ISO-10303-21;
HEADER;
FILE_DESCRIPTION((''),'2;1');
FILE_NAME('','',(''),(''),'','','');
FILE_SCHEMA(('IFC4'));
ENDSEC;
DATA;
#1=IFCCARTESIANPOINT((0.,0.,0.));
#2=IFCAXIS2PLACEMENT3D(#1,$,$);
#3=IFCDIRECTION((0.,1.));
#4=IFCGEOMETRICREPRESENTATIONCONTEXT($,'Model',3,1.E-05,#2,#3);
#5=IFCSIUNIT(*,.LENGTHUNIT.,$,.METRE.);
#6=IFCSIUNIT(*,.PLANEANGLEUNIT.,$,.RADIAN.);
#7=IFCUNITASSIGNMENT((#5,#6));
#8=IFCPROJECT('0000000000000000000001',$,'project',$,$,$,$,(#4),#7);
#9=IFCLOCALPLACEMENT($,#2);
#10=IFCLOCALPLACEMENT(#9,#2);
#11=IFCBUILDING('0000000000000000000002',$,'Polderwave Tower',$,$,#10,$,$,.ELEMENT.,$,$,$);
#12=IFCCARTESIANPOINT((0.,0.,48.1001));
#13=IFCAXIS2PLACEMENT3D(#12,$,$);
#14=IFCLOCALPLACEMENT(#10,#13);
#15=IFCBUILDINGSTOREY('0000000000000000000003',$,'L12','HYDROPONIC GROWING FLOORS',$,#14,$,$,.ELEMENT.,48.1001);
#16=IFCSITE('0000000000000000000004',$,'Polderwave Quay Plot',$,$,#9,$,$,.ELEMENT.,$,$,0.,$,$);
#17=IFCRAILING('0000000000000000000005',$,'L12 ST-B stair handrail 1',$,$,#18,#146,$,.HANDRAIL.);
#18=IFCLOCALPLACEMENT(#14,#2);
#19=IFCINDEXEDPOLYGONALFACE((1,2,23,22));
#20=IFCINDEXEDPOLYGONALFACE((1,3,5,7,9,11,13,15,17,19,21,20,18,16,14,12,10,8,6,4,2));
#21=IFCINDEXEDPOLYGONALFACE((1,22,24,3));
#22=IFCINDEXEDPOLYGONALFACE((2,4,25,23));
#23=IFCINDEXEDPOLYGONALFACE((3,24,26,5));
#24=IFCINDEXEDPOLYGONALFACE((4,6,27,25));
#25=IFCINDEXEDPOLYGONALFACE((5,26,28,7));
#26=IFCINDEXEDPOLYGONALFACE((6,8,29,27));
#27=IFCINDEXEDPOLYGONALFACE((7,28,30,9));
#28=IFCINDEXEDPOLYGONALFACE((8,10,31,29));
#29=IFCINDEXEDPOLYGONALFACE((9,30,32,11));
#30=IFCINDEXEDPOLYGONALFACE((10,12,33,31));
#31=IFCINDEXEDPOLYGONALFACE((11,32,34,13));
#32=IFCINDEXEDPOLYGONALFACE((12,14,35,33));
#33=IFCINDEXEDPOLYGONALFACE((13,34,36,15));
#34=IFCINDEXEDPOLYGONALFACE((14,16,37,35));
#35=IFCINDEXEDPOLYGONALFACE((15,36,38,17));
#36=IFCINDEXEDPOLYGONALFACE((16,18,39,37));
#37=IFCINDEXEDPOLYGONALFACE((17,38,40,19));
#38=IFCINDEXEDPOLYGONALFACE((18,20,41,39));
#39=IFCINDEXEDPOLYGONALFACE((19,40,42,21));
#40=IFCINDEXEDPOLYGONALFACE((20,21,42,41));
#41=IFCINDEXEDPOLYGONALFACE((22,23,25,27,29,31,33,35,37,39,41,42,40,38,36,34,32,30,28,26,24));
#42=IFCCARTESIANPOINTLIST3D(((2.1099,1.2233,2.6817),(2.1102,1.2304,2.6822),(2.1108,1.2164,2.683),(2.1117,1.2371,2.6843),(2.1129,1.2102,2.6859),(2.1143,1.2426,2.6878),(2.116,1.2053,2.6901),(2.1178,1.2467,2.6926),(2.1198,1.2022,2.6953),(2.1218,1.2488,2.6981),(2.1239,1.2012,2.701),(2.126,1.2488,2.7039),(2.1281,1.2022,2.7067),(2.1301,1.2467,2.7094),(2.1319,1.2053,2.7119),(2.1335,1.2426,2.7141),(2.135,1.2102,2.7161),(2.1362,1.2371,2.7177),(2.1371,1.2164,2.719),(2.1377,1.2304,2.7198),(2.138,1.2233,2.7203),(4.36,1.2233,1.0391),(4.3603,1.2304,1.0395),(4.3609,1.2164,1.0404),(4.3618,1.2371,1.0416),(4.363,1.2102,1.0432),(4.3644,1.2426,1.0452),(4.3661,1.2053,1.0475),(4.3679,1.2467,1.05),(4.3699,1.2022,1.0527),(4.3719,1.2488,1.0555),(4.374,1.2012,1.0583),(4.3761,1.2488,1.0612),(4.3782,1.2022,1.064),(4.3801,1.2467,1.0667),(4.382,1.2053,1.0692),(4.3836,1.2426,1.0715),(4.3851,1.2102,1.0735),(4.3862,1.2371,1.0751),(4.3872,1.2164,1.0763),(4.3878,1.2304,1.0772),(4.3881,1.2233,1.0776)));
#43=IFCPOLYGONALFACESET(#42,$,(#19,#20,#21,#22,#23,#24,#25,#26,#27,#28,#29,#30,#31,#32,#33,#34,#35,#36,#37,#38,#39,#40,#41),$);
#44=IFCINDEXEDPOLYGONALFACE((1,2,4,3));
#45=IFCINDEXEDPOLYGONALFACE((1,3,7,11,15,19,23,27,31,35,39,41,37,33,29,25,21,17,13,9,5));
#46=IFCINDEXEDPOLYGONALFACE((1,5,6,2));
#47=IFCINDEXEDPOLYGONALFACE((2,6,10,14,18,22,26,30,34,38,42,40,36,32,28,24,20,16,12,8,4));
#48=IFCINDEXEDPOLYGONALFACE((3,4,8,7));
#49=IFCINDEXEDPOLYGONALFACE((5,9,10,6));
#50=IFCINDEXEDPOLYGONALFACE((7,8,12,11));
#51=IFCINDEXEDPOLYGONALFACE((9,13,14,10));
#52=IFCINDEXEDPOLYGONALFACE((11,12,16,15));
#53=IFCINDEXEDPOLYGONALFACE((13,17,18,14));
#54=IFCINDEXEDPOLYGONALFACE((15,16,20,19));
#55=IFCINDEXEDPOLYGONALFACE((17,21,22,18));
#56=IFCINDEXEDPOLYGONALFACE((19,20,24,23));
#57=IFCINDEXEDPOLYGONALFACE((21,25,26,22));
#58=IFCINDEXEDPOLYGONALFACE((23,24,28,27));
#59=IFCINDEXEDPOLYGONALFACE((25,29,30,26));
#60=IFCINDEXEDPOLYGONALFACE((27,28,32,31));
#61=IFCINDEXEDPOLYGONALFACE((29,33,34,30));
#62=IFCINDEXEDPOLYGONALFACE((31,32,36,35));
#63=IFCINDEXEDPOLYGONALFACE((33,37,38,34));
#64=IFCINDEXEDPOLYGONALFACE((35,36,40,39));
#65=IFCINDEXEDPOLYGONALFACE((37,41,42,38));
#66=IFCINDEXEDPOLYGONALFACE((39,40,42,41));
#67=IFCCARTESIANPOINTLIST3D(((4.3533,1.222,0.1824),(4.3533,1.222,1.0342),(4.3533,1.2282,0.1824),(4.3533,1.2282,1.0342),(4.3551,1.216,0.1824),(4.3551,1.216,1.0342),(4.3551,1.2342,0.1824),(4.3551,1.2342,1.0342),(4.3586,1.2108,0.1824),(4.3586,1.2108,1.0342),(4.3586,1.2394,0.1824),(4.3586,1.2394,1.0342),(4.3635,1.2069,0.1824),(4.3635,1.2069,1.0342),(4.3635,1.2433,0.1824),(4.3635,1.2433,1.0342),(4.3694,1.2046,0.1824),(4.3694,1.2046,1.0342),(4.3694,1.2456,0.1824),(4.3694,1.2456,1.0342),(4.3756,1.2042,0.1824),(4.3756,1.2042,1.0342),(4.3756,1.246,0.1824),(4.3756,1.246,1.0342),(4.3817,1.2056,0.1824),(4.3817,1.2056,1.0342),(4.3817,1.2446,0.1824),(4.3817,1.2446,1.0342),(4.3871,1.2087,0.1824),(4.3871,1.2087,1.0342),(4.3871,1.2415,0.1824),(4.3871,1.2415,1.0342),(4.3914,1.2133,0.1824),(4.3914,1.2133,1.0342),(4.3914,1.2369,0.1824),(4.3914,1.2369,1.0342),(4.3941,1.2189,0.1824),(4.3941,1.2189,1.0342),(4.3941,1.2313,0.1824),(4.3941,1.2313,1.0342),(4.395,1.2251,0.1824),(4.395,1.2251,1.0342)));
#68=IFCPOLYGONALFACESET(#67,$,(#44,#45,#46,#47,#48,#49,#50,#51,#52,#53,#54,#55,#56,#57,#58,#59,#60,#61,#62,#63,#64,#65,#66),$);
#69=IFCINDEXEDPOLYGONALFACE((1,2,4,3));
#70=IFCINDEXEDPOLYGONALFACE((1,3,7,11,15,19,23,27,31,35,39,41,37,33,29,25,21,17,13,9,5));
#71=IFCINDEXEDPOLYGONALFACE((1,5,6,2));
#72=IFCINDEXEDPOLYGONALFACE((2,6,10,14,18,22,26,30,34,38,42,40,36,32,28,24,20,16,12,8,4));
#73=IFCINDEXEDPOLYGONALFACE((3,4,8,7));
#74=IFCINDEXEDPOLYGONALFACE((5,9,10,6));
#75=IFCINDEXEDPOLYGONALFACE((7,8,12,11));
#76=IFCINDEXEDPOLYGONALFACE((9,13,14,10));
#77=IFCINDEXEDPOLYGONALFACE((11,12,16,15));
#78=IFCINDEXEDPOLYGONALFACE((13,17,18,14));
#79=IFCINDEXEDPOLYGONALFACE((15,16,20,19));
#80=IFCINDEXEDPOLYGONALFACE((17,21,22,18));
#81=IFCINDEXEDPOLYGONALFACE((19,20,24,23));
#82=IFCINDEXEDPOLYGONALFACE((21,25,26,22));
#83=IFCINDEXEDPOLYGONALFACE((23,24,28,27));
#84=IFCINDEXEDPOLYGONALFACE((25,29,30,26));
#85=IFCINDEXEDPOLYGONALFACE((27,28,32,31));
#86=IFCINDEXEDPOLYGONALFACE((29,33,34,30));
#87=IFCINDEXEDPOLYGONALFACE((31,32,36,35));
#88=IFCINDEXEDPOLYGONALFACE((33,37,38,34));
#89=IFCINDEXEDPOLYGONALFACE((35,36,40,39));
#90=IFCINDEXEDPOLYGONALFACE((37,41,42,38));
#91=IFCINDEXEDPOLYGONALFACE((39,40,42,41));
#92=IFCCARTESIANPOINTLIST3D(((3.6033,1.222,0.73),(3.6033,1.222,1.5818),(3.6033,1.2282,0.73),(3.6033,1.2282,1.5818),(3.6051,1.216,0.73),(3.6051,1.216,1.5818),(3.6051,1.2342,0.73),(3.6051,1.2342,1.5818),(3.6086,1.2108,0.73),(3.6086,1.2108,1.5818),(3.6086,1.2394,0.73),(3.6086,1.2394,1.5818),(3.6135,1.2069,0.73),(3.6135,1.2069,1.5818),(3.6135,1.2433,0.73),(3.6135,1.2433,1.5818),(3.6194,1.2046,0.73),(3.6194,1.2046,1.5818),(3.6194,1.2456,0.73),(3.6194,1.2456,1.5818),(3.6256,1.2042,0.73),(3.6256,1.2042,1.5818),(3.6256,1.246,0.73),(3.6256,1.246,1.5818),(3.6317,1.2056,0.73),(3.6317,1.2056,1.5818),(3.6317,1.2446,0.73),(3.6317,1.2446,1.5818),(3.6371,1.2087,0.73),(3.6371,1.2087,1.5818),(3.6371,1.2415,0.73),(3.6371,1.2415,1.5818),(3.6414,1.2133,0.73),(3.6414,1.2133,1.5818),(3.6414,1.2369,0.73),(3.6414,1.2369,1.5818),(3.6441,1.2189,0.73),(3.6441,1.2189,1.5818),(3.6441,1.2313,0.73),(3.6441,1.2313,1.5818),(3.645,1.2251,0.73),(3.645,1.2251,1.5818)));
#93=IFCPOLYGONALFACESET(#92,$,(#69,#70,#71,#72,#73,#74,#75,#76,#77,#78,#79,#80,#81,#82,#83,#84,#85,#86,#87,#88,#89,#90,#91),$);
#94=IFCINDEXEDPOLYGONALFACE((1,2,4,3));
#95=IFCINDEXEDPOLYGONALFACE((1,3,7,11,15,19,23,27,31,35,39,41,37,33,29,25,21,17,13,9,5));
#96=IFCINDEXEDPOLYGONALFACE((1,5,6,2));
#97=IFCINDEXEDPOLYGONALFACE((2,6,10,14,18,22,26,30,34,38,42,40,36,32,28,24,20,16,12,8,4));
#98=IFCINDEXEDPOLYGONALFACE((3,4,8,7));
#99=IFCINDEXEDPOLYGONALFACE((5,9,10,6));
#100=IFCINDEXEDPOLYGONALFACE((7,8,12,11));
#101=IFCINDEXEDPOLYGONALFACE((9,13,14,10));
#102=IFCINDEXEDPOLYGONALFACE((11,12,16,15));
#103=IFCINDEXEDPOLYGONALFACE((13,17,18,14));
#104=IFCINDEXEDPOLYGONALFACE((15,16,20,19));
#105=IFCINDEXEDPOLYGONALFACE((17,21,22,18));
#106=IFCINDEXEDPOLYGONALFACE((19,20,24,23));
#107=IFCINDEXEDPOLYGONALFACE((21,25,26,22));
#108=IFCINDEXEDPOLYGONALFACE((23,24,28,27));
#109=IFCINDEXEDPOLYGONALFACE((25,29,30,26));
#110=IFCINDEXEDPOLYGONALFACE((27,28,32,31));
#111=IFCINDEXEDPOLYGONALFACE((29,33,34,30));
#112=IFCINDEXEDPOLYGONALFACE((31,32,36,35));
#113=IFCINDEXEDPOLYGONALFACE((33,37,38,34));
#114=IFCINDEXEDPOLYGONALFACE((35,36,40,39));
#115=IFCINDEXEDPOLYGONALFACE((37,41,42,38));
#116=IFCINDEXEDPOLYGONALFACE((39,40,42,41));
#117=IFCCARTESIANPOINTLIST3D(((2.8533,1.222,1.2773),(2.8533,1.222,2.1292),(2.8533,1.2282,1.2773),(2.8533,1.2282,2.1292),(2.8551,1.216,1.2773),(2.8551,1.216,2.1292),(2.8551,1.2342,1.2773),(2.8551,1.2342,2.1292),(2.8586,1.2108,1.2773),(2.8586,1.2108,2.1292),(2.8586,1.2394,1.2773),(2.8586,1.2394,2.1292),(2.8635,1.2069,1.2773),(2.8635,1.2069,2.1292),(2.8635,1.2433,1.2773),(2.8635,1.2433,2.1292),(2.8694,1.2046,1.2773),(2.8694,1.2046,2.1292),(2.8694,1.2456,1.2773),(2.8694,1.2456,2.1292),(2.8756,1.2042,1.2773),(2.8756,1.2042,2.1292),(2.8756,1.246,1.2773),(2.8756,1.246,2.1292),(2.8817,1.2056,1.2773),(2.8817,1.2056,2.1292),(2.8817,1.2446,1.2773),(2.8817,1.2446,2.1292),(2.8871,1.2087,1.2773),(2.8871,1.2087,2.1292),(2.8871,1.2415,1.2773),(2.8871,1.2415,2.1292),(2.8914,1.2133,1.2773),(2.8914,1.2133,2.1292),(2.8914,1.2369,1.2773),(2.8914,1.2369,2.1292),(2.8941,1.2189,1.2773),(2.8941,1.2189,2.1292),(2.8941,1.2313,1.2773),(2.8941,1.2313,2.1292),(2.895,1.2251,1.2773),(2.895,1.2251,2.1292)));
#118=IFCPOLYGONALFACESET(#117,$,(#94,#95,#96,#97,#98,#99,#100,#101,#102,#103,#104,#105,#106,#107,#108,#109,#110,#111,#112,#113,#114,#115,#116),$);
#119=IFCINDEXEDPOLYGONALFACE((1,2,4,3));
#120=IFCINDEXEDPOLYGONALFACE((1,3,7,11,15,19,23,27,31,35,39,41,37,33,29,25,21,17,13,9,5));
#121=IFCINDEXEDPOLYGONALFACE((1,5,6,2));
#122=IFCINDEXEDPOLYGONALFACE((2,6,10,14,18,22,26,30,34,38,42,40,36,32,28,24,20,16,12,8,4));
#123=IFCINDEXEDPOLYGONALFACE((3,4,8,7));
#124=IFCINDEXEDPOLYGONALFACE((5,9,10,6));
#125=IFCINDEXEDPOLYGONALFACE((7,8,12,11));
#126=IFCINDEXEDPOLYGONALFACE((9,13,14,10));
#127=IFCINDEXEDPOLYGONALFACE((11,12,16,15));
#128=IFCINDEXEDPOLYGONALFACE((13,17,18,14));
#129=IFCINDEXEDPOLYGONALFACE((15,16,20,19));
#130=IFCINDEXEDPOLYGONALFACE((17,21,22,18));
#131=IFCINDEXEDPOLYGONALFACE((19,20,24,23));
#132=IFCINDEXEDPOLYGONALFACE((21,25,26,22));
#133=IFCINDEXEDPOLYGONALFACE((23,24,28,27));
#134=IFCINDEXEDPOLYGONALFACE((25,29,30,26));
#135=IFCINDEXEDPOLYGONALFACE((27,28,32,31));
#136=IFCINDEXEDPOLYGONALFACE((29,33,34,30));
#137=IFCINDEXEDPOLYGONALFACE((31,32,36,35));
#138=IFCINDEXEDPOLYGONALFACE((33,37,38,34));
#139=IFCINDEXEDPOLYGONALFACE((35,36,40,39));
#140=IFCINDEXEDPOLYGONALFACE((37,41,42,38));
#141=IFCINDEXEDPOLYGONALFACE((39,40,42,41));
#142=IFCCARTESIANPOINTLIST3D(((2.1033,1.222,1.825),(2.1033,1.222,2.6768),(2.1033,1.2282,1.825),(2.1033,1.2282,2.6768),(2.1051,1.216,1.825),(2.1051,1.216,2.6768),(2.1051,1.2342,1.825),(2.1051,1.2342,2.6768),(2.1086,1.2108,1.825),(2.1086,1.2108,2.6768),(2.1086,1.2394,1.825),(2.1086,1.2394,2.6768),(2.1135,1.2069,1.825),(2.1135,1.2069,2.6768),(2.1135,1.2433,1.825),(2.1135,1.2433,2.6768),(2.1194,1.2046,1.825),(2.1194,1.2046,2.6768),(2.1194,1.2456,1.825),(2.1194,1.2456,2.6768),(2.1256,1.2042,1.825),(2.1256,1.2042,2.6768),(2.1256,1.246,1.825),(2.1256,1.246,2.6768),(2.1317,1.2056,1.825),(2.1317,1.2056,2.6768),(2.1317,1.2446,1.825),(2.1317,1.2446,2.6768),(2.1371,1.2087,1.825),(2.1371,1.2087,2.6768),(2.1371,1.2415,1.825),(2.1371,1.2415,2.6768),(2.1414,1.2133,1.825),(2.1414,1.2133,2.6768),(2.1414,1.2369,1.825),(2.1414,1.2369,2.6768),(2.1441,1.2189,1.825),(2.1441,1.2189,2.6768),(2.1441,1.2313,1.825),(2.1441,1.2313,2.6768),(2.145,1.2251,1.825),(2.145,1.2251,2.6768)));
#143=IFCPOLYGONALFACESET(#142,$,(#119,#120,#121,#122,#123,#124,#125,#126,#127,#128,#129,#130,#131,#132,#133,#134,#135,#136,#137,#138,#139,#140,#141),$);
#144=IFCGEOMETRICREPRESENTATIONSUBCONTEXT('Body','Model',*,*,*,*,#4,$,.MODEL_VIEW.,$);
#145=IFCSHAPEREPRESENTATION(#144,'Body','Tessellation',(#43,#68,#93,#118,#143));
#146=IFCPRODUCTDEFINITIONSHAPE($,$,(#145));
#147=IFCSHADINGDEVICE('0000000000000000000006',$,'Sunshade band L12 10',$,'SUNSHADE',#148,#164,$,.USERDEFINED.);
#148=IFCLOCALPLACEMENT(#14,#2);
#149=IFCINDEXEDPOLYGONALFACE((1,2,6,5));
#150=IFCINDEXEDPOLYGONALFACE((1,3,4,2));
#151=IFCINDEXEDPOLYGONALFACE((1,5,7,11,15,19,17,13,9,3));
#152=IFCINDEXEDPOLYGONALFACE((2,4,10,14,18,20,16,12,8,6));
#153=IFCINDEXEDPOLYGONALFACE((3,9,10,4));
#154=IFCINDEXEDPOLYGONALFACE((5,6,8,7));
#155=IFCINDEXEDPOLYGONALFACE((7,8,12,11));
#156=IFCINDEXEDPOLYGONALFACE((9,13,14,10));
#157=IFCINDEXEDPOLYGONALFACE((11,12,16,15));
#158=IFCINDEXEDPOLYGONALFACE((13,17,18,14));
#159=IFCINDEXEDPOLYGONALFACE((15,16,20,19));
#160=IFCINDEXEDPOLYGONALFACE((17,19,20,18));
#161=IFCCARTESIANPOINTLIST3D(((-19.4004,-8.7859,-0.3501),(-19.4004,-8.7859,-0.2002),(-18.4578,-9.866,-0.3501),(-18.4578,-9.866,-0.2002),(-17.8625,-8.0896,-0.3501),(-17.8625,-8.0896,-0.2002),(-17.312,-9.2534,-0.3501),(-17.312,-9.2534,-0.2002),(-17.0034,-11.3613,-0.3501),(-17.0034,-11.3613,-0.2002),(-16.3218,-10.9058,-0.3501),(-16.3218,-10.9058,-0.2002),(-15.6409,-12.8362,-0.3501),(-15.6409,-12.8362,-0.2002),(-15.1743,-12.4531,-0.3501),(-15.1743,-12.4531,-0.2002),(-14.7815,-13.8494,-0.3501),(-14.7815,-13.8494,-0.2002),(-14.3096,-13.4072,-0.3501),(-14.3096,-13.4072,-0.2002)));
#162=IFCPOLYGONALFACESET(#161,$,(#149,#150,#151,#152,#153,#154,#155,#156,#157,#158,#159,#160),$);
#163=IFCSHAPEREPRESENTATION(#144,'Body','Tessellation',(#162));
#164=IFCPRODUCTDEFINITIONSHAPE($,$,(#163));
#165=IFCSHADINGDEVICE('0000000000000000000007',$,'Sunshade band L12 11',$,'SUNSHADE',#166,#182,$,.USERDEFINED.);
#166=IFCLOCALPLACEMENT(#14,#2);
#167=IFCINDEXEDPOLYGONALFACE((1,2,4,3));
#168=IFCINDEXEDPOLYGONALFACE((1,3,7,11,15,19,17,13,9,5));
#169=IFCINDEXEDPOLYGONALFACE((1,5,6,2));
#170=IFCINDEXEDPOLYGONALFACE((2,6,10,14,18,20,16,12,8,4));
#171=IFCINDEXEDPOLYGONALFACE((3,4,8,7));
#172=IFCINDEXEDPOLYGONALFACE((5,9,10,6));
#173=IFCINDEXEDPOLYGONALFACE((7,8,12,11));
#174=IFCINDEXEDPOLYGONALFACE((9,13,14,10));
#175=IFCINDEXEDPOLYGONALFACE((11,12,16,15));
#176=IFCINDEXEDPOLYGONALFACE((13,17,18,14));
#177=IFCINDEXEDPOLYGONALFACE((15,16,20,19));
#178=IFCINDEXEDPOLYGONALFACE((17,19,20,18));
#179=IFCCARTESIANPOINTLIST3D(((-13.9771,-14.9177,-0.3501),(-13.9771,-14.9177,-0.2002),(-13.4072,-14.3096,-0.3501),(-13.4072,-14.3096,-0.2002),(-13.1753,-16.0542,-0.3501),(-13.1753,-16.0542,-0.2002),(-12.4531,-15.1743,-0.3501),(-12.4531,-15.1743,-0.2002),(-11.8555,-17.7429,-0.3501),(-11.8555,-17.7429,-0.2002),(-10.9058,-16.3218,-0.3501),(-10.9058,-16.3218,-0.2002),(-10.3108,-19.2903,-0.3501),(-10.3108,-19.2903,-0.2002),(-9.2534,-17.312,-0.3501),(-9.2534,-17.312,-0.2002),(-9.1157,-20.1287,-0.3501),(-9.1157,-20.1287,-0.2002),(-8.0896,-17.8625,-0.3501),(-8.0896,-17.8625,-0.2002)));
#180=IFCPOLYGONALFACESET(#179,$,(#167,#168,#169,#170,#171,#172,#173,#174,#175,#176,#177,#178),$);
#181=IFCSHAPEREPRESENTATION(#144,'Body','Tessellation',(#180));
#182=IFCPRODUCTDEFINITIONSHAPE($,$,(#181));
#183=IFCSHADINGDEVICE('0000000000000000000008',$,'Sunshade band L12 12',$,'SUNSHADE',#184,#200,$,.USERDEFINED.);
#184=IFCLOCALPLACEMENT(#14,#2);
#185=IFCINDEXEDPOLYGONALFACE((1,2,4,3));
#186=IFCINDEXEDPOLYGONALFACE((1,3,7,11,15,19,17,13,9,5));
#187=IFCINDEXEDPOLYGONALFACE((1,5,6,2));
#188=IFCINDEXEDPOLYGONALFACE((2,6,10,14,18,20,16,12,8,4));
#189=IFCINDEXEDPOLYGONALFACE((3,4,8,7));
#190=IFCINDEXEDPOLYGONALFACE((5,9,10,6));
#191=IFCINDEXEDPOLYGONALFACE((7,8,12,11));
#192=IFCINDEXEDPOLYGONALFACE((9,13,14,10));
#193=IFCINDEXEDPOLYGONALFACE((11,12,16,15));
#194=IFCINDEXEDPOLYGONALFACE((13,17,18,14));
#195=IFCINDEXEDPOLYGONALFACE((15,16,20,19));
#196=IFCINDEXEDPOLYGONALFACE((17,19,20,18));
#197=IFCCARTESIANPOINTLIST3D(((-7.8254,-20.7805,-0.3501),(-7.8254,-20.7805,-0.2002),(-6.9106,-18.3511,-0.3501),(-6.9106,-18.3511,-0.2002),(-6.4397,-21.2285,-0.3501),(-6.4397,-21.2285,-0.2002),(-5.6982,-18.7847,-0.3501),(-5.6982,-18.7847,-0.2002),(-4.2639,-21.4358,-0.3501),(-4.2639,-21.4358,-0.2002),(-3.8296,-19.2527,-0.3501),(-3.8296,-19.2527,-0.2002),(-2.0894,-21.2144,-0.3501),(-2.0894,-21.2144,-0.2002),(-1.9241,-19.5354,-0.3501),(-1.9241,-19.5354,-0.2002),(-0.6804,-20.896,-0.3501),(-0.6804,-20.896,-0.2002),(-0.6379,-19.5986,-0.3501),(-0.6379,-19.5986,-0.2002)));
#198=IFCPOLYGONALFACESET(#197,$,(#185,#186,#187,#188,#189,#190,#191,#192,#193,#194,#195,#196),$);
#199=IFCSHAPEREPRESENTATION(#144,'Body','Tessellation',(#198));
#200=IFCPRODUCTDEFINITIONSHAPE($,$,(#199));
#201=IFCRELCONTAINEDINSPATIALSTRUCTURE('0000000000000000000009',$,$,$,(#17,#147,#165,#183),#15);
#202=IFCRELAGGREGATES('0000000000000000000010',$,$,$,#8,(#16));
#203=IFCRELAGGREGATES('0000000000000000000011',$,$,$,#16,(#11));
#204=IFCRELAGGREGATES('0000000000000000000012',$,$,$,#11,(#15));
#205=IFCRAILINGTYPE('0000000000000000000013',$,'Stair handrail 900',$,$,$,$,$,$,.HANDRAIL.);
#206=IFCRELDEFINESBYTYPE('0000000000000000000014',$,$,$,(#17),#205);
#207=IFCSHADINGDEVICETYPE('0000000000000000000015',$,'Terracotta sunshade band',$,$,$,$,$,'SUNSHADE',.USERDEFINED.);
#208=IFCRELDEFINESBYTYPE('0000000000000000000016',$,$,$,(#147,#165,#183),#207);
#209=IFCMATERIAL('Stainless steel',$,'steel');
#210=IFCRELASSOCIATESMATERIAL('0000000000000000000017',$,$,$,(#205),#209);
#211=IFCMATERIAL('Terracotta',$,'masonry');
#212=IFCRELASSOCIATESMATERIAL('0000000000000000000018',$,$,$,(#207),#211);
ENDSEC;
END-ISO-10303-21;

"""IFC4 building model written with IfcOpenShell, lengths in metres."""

from ifc_helpers import new_model, si_unit, direction, frame, origin, origin_2d, place, context, subcontext, project, spatial, polyline, circle, outline, extrude, material, type_object, element, save


model = new_model("IFC4")

# Units and contexts
model_context = context("Model", 3, precision=1e-05, world=origin(), true_north=direction((0.0, 1.0)))
body_context = subcontext(model_context, "Body", "Model", "MODEL_VIEW")
ifc_project = project(units=[si_unit("LENGTHUNIT", "METRE"), si_unit("PLANEANGLEUNIT", "RADIAN")], contexts=[model_context])

# Site, building, storey
site_placement = place(None, origin())
site = spatial("IfcSite", under=ifc_project, at=site_placement, Name="Polderwave Quay Plot", CompositionType="ELEMENT", RefElevation=0.0)
building_placement = place(site_placement, origin())
building = spatial("IfcBuilding", under=site, at=building_placement, Name="Polderwave Tower", CompositionType="ELEMENT")
storey_placement = place(building_placement, frame((0.0, 0.0, 48.1001)))
storey = spatial("IfcBuildingStorey", under=building, at=storey_placement, Name="L12", Description="HYDROPONIC GROWING FLOORS", CompositionType="ELEMENT", Elevation=48.1001)

# Railing
ifc_material_1 = material(Name="Stainless steel", Category="steel")
railing_type_1 = type_object("IfcRailingType", Name="Stair handrail 900", PredefinedType="HANDRAIL", material=ifc_material_1)
railing_1_placement = place(storey_placement, frame((4.374, 1.2251, 0.1824)))
element("IfcRailing", 1, at=railing_1_placement, inside=storey, type_object=railing_type_1, Name="L12 ST-B stair handrail 1", PredefinedType="HANDRAIL", context=body_context, shape_type="SweptSolid", body=[
    extrude(circle(Radius=0.0239, at=origin_2d()), frame((0.0, 0.0, 0.876), z_axis=(-0.807674, 0.0, 0.58963), x_axis=(0.0, -1.0, 0.0)), (0.0, 0.0, 1.0), 2.7859),
    extrude(circle(Radius=0.021, at=origin_2d()), origin(), (0.0, 0.0, 1.0), 0.8518),
    extrude(circle(Radius=0.021, at=origin_2d()), frame((-0.75, 0.0, 0.5476)), (0.0, 0.0, 1.0), 0.8518),
    extrude(circle(Radius=0.021, at=origin_2d()), frame((-1.5, 0.0, 1.095)), (0.0, 0.0, 1.0), 0.8518),
    extrude(circle(Radius=0.021, at=origin_2d()), frame((-2.25, 0.0, 1.6426)), (0.0, 0.0, 1.0), 0.8518),
])

# Shading devices
ifc_material_2 = material(Name="Terracotta", Category="masonry")
shading_device_type = type_object("IfcShadingDeviceType", Name="Terracotta sunshade band", ElementType="SUNSHADE", PredefinedType="USERDEFINED", material=ifc_material_2)
shading_device_1_placement = place(storey_placement, frame((0.0, 0.0, -0.3501)))
element("IfcShadingDevice", 2, at=shading_device_1_placement, inside=storey, type_object=shading_device_type, Name="Sunshade band L12 10", ObjectType="SUNSHADE", PredefinedType="USERDEFINED", context=body_context, shape_type="SweptSolid", body=[
    extrude(outline(polyline([(-17.8625, -8.0896), (-17.312, -9.2534), (-16.3218, -10.9058), (-15.1743, -12.4531), (-14.3096, -13.4072), (-14.7815, -13.8494), (-15.6409, -12.8362), (-17.0034, -11.3613), (-18.4578, -9.866), (-19.4004, -8.7859), (-17.8625, -8.0896)])), origin(), (0.0, 0.0, 1.0), 0.1499),
])
shading_device_2_placement = place(storey_placement, frame((0.0, 0.0, -0.3501)))
element("IfcShadingDevice", 3, at=shading_device_2_placement, inside=storey, type_object=shading_device_type, Name="Sunshade band L12 11", ObjectType="SUNSHADE", PredefinedType="USERDEFINED", context=body_context, shape_type="SweptSolid", body=[
    extrude(outline(polyline([(-13.4072, -14.3096), (-12.4531, -15.1743), (-10.9058, -16.3218), (-9.2534, -17.312), (-8.0896, -17.8625), (-9.1157, -20.1287), (-10.3108, -19.2903), (-11.8555, -17.7429), (-13.1753, -16.0542), (-13.9771, -14.9177), (-13.4072, -14.3096)])), origin(), (0.0, 0.0, 1.0), 0.1499),
])
shading_device_3_placement = place(storey_placement, frame((0.0, 0.0, -0.3501)))
element("IfcShadingDevice", 4, at=shading_device_3_placement, inside=storey, type_object=shading_device_type, Name="Sunshade band L12 12", ObjectType="SUNSHADE", PredefinedType="USERDEFINED", context=body_context, shape_type="SweptSolid", body=[
    extrude(outline(polyline([(-6.9106, -18.3511), (-5.6982, -18.7847), (-3.8296, -19.2527), (-1.9241, -19.5354), (-0.6379, -19.5986), (-0.6804, -20.896), (-2.0894, -21.2144), (-4.2639, -21.4358), (-6.4397, -21.2285), (-7.8254, -20.7805), (-6.9106, -18.3511)])), origin(), (0.0, 0.0, 1.0), 0.1499),
])

save(model, "model.ifc")
